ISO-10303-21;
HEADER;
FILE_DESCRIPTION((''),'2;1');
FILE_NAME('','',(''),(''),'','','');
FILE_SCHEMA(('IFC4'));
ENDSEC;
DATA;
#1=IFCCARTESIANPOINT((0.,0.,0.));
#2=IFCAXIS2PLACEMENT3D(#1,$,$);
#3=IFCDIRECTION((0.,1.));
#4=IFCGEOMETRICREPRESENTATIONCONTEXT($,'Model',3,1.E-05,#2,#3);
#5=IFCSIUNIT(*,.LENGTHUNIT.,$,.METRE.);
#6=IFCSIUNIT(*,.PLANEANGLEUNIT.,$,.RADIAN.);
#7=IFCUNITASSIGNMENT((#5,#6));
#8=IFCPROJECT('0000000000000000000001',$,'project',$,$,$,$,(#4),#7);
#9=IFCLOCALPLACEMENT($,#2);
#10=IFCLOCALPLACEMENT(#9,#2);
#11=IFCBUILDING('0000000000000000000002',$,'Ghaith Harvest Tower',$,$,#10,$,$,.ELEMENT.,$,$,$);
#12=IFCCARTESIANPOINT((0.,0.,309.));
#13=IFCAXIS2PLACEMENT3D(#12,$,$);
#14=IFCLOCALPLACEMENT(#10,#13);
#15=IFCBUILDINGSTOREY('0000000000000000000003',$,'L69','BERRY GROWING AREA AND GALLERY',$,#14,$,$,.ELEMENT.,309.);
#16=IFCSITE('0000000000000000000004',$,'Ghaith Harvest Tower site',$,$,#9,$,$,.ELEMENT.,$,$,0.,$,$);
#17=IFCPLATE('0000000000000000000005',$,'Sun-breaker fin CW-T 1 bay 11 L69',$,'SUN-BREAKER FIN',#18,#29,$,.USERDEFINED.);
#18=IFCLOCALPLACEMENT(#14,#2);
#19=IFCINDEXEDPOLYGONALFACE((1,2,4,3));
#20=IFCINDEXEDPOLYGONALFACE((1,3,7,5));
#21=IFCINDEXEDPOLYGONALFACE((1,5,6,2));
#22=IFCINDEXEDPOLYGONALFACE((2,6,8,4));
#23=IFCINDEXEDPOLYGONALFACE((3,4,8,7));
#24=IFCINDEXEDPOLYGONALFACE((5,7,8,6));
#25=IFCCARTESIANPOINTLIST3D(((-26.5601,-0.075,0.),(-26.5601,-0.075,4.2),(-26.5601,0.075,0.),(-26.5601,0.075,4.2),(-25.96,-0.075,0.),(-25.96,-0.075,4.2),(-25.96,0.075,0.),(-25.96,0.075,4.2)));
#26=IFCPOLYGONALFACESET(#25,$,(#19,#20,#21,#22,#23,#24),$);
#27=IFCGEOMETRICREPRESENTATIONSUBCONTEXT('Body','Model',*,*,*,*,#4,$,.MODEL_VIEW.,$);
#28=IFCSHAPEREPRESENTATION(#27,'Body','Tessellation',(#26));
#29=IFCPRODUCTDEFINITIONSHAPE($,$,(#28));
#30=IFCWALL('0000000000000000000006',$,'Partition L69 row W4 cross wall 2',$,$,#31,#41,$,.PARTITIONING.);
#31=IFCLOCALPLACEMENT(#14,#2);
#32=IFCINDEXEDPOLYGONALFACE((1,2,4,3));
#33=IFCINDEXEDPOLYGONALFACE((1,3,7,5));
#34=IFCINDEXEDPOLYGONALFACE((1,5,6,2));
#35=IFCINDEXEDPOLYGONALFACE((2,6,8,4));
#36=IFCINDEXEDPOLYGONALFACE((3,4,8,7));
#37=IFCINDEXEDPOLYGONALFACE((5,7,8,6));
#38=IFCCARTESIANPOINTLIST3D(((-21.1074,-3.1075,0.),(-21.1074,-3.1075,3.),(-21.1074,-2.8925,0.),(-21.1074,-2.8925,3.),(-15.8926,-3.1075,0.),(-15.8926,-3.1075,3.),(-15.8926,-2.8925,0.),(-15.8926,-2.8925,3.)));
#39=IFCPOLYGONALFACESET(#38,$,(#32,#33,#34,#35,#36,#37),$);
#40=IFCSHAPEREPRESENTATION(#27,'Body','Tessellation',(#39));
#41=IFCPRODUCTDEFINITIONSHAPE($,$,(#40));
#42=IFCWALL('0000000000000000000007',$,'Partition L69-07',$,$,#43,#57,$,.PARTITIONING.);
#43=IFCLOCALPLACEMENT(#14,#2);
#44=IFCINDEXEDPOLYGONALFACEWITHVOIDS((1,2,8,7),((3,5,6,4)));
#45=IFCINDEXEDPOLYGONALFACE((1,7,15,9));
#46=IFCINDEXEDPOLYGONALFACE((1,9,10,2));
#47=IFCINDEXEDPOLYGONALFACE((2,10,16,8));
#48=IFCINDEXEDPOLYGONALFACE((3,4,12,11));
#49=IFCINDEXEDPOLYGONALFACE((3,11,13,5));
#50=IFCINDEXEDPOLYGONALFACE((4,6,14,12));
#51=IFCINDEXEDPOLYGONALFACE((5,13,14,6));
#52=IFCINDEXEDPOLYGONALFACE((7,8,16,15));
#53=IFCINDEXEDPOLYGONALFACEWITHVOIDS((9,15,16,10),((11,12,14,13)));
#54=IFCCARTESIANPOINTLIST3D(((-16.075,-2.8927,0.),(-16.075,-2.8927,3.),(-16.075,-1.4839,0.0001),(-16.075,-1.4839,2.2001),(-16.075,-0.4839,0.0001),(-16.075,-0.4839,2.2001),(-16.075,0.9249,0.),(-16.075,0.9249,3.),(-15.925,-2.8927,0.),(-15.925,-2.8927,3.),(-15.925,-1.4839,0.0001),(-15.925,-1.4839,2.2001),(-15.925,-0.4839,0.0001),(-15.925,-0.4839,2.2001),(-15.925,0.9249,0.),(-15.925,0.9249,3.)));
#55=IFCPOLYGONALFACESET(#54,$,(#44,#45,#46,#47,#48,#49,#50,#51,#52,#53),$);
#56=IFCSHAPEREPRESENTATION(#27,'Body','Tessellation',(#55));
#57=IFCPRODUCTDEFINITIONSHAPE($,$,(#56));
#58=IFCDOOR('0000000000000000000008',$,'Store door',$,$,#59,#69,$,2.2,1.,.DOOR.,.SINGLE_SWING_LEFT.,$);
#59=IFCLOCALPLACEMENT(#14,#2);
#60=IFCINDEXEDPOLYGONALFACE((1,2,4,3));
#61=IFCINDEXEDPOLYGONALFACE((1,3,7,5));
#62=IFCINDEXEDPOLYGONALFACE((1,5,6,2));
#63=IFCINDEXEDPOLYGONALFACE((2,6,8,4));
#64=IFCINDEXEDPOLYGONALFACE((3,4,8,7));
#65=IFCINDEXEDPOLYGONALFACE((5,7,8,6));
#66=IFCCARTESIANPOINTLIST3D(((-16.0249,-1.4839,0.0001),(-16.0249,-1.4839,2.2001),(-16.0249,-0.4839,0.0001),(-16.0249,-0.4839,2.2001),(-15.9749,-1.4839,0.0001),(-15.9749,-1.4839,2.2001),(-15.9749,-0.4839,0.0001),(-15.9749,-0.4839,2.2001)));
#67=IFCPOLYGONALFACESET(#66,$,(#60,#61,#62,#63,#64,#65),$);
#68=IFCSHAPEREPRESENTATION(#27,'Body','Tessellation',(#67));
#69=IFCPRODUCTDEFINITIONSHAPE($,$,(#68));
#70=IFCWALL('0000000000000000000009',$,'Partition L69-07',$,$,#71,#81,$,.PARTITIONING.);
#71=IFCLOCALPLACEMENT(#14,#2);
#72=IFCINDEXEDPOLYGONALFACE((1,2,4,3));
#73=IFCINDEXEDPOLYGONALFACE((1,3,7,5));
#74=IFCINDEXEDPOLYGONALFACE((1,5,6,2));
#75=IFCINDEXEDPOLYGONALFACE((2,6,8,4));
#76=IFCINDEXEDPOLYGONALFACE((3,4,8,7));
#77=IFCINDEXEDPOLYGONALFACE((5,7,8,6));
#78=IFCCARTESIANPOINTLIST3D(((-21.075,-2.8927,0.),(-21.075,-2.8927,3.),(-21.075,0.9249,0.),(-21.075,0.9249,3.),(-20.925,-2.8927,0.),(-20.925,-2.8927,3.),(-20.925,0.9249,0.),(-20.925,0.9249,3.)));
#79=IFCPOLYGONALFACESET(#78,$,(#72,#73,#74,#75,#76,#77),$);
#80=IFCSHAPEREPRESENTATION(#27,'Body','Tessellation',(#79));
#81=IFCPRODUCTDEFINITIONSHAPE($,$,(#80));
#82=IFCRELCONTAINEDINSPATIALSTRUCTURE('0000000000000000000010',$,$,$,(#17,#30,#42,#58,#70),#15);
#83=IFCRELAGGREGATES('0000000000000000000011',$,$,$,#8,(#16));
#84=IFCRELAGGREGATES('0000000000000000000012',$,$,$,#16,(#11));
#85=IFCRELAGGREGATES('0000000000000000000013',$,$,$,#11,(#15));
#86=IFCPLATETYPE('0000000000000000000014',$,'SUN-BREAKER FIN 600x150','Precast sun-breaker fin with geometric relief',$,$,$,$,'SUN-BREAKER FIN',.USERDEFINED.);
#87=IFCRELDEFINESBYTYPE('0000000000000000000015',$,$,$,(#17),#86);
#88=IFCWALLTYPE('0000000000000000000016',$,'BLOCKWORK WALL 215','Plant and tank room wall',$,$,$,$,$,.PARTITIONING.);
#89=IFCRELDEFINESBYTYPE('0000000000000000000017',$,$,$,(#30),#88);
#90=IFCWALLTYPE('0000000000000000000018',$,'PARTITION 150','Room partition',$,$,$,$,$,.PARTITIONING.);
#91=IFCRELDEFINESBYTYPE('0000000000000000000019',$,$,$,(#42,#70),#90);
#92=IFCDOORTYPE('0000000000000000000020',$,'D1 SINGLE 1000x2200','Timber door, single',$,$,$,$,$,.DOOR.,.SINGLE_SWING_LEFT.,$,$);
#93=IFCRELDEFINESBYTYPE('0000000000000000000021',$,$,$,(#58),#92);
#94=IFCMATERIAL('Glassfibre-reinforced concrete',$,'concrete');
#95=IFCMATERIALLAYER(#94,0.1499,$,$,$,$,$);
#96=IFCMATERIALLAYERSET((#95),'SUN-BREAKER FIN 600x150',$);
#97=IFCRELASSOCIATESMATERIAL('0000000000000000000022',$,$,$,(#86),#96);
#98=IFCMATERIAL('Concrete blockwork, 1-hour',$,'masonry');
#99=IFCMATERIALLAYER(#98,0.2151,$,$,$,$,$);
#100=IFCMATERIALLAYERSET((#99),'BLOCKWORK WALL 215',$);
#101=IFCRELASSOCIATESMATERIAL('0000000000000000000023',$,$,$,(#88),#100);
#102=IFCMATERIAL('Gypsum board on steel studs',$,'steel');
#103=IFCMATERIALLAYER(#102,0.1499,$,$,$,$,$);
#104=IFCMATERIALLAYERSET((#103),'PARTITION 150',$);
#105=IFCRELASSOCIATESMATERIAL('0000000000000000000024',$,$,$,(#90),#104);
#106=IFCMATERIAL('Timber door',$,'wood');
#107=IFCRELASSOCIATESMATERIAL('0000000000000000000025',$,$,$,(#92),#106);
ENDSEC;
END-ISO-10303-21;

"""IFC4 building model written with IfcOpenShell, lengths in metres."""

from ifc_helpers import new_model, si_unit, direction, frame, frame_2d, origin, origin_2d, place, context, subcontext, project, spatial, rectangle, extrude, material, layer, layer_set, type_object, element, fill, save


model = new_model("IFC4")

# Units and contexts
model_context = context("Model", 3, precision=1e-05, world=origin(), true_north=direction((0.0, 1.0)))
body_context = subcontext(model_context, "Body", "Model", "MODEL_VIEW")
ifc_project = project(units=[si_unit("LENGTHUNIT", "METRE"), si_unit("PLANEANGLEUNIT", "RADIAN")], contexts=[model_context])

# Site, building, storey
site_placement = place(None, origin())
site = spatial("IfcSite", under=ifc_project, at=site_placement, Name="Ghaith Harvest Tower site", CompositionType="ELEMENT", RefElevation=0.0)
building_placement = place(site_placement, origin())
building = spatial("IfcBuilding", under=site, at=building_placement, Name="Ghaith Harvest Tower", CompositionType="ELEMENT")
storey_placement = place(building_placement, frame((0.0, 0.0, 309.0)))
storey = spatial("IfcBuildingStorey", under=building, at=storey_placement, Name="L69", Description="BERRY GROWING AREA AND GALLERY", CompositionType="ELEMENT", Elevation=309.0)

# Plate
ifc_material_1 = material(Name="Glassfibre-reinforced concrete", Category="concrete")
ifc_layer_1 = layer(ifc_material_1, 0.1499)
ifc_layer_set_1 = layer_set([ifc_layer_1], Name="SUN-BREAKER FIN 600x150")
plate_type_1 = type_object("IfcPlateType", Name="SUN-BREAKER FIN 600x150", Description="Precast sun-breaker fin with geometric relief", ElementType="SUN-BREAKER FIN", PredefinedType="USERDEFINED", material=ifc_layer_set_1)
plate_1_placement = place(storey_placement, frame((-26.26, 0.0, 0.0), z_axis=(0.0, 0.0, 1.0), x_axis=(-1.0, 0.0, 0.0)))
element("IfcPlate", 1, at=plate_1_placement, inside=storey, type_object=plate_type_1, Name="Sun-breaker fin CW-T 1 bay 11 L69", ObjectType="SUN-BREAKER FIN", PredefinedType="USERDEFINED", context=body_context, shape_type="SweptSolid", body=[
    extrude(rectangle(XDim=0.6001, YDim=0.1499, at=origin_2d()), origin(), (0.0, 0.0, 1.0), 4.2),
])

# Wall
ifc_material_2 = material(Name="Concrete blockwork, 1-hour", Category="masonry")
ifc_layer_2 = layer(ifc_material_2, 0.2151)
ifc_layer_set_2 = layer_set([ifc_layer_2], Name="BLOCKWORK WALL 215")
wall_type_1 = type_object("IfcWallType", Name="BLOCKWORK WALL 215", Description="Plant and tank room wall", PredefinedType="PARTITIONING", material=ifc_layer_set_2)
wall_1_placement = place(storey_placement, frame((-15.8926, -3.0, 0.0), z_axis=(0.0, 0.0, 1.0), x_axis=(-1.0, 0.0, 0.0)))
element("IfcWall", 2, at=wall_1_placement, inside=storey, type_object=wall_type_1, Name="Partition L69 row W4 cross wall 2", PredefinedType="PARTITIONING", context=body_context, shape_type="SweptSolid", body=[
    extrude(rectangle(XDim=5.2148, YDim=0.2151, at=frame_2d((2.6074, 0.0))), origin(), (0.0, 0.0, 1.0), 3.0),
])

# Wall, opening, door
ifc_material_3 = material(Name="Gypsum board on steel studs", Category="steel")
ifc_layer_3 = layer(ifc_material_3, 0.1499)
ifc_layer_set_3 = layer_set([ifc_layer_3], Name="PARTITION 150")
wall_type_2 = type_object("IfcWallType", Name="PARTITION 150", Description="Room partition", PredefinedType="PARTITIONING", material=ifc_layer_set_3)
wall_2_placement = place(storey_placement, frame((-16.0, -2.8926, 0.0), z_axis=(0.0, 0.0, 1.0), x_axis=(0.0, 1.0, 0.0)))
wall_2 = element("IfcWall", 3, at=wall_2_placement, inside=storey, type_object=wall_type_2, Name="Partition L69-07", PredefinedType="PARTITIONING", context=body_context, shape_type="SweptSolid", body=[
    extrude(rectangle(XDim=3.8176, YDim=0.1499, at=frame_2d((1.9087, 0.0))), origin(), (0.0, 0.0, 1.0), 3.0),
])
opening_placement = place(wall_2_placement, frame((1.4087, 0.0, 0.0)))
opening = element("IfcOpeningElement", 4, at=opening_placement, cuts=wall_2, PredefinedType="OPENING", context=body_context, shape_type="SweptSolid", body=[
    extrude(rectangle(XDim=1.0, YDim=2.2, at=frame_2d((0.5, 1.1001))), frame((0.0, 0.085, 0.0), z_axis=(0.0, -1.0, 0.0), x_axis=(1.0, 0.0, 0.0)), (0.0, 0.0, 1.0), 0.1699),
])
ifc_material_4 = material(Name="Timber door", Category="wood")
door_type = type_object("IfcDoorType", Name="D1 SINGLE 1000x2200", Description="Timber door, single", OperationType="SINGLE_SWING_LEFT", PredefinedType="DOOR", material=ifc_material_4)
door_placement = place(opening_placement, origin())
door = element("IfcDoor", 5, at=door_placement, inside=storey, type_object=door_type, Name="Store door", OperationType="SINGLE_SWING_LEFT", OverallHeight=2.2, OverallWidth=1.0, PredefinedType="DOOR", context=body_context, shape_type="SweptSolid", body=[
    extrude(rectangle(XDim=1.0, YDim=2.2, at=frame_2d((0.5, 1.1001))), frame((0.0, 0.0249, 0.0), z_axis=(0.0, -1.0, 0.0), x_axis=(1.0, 0.0, 0.0)), (0.0, 0.0, 1.0), 0.05),
])
fill(opening, door)

# Wall
wall_3_placement = place(storey_placement, frame((-21.0, -2.8926, 0.0), z_axis=(0.0, 0.0, 1.0), x_axis=(0.0, 1.0, 0.0)))
element("IfcWall", 6, at=wall_3_placement, inside=storey, type_object=wall_type_2, Name="Partition L69-07", PredefinedType="PARTITIONING", context=body_context, shape_type="SweptSolid", body=[
    extrude(rectangle(XDim=3.8176, YDim=0.1499, at=frame_2d((1.9087, 0.0))), origin(), (0.0, 0.0, 1.0), 3.0),
])

save(model, "model.ifc")
